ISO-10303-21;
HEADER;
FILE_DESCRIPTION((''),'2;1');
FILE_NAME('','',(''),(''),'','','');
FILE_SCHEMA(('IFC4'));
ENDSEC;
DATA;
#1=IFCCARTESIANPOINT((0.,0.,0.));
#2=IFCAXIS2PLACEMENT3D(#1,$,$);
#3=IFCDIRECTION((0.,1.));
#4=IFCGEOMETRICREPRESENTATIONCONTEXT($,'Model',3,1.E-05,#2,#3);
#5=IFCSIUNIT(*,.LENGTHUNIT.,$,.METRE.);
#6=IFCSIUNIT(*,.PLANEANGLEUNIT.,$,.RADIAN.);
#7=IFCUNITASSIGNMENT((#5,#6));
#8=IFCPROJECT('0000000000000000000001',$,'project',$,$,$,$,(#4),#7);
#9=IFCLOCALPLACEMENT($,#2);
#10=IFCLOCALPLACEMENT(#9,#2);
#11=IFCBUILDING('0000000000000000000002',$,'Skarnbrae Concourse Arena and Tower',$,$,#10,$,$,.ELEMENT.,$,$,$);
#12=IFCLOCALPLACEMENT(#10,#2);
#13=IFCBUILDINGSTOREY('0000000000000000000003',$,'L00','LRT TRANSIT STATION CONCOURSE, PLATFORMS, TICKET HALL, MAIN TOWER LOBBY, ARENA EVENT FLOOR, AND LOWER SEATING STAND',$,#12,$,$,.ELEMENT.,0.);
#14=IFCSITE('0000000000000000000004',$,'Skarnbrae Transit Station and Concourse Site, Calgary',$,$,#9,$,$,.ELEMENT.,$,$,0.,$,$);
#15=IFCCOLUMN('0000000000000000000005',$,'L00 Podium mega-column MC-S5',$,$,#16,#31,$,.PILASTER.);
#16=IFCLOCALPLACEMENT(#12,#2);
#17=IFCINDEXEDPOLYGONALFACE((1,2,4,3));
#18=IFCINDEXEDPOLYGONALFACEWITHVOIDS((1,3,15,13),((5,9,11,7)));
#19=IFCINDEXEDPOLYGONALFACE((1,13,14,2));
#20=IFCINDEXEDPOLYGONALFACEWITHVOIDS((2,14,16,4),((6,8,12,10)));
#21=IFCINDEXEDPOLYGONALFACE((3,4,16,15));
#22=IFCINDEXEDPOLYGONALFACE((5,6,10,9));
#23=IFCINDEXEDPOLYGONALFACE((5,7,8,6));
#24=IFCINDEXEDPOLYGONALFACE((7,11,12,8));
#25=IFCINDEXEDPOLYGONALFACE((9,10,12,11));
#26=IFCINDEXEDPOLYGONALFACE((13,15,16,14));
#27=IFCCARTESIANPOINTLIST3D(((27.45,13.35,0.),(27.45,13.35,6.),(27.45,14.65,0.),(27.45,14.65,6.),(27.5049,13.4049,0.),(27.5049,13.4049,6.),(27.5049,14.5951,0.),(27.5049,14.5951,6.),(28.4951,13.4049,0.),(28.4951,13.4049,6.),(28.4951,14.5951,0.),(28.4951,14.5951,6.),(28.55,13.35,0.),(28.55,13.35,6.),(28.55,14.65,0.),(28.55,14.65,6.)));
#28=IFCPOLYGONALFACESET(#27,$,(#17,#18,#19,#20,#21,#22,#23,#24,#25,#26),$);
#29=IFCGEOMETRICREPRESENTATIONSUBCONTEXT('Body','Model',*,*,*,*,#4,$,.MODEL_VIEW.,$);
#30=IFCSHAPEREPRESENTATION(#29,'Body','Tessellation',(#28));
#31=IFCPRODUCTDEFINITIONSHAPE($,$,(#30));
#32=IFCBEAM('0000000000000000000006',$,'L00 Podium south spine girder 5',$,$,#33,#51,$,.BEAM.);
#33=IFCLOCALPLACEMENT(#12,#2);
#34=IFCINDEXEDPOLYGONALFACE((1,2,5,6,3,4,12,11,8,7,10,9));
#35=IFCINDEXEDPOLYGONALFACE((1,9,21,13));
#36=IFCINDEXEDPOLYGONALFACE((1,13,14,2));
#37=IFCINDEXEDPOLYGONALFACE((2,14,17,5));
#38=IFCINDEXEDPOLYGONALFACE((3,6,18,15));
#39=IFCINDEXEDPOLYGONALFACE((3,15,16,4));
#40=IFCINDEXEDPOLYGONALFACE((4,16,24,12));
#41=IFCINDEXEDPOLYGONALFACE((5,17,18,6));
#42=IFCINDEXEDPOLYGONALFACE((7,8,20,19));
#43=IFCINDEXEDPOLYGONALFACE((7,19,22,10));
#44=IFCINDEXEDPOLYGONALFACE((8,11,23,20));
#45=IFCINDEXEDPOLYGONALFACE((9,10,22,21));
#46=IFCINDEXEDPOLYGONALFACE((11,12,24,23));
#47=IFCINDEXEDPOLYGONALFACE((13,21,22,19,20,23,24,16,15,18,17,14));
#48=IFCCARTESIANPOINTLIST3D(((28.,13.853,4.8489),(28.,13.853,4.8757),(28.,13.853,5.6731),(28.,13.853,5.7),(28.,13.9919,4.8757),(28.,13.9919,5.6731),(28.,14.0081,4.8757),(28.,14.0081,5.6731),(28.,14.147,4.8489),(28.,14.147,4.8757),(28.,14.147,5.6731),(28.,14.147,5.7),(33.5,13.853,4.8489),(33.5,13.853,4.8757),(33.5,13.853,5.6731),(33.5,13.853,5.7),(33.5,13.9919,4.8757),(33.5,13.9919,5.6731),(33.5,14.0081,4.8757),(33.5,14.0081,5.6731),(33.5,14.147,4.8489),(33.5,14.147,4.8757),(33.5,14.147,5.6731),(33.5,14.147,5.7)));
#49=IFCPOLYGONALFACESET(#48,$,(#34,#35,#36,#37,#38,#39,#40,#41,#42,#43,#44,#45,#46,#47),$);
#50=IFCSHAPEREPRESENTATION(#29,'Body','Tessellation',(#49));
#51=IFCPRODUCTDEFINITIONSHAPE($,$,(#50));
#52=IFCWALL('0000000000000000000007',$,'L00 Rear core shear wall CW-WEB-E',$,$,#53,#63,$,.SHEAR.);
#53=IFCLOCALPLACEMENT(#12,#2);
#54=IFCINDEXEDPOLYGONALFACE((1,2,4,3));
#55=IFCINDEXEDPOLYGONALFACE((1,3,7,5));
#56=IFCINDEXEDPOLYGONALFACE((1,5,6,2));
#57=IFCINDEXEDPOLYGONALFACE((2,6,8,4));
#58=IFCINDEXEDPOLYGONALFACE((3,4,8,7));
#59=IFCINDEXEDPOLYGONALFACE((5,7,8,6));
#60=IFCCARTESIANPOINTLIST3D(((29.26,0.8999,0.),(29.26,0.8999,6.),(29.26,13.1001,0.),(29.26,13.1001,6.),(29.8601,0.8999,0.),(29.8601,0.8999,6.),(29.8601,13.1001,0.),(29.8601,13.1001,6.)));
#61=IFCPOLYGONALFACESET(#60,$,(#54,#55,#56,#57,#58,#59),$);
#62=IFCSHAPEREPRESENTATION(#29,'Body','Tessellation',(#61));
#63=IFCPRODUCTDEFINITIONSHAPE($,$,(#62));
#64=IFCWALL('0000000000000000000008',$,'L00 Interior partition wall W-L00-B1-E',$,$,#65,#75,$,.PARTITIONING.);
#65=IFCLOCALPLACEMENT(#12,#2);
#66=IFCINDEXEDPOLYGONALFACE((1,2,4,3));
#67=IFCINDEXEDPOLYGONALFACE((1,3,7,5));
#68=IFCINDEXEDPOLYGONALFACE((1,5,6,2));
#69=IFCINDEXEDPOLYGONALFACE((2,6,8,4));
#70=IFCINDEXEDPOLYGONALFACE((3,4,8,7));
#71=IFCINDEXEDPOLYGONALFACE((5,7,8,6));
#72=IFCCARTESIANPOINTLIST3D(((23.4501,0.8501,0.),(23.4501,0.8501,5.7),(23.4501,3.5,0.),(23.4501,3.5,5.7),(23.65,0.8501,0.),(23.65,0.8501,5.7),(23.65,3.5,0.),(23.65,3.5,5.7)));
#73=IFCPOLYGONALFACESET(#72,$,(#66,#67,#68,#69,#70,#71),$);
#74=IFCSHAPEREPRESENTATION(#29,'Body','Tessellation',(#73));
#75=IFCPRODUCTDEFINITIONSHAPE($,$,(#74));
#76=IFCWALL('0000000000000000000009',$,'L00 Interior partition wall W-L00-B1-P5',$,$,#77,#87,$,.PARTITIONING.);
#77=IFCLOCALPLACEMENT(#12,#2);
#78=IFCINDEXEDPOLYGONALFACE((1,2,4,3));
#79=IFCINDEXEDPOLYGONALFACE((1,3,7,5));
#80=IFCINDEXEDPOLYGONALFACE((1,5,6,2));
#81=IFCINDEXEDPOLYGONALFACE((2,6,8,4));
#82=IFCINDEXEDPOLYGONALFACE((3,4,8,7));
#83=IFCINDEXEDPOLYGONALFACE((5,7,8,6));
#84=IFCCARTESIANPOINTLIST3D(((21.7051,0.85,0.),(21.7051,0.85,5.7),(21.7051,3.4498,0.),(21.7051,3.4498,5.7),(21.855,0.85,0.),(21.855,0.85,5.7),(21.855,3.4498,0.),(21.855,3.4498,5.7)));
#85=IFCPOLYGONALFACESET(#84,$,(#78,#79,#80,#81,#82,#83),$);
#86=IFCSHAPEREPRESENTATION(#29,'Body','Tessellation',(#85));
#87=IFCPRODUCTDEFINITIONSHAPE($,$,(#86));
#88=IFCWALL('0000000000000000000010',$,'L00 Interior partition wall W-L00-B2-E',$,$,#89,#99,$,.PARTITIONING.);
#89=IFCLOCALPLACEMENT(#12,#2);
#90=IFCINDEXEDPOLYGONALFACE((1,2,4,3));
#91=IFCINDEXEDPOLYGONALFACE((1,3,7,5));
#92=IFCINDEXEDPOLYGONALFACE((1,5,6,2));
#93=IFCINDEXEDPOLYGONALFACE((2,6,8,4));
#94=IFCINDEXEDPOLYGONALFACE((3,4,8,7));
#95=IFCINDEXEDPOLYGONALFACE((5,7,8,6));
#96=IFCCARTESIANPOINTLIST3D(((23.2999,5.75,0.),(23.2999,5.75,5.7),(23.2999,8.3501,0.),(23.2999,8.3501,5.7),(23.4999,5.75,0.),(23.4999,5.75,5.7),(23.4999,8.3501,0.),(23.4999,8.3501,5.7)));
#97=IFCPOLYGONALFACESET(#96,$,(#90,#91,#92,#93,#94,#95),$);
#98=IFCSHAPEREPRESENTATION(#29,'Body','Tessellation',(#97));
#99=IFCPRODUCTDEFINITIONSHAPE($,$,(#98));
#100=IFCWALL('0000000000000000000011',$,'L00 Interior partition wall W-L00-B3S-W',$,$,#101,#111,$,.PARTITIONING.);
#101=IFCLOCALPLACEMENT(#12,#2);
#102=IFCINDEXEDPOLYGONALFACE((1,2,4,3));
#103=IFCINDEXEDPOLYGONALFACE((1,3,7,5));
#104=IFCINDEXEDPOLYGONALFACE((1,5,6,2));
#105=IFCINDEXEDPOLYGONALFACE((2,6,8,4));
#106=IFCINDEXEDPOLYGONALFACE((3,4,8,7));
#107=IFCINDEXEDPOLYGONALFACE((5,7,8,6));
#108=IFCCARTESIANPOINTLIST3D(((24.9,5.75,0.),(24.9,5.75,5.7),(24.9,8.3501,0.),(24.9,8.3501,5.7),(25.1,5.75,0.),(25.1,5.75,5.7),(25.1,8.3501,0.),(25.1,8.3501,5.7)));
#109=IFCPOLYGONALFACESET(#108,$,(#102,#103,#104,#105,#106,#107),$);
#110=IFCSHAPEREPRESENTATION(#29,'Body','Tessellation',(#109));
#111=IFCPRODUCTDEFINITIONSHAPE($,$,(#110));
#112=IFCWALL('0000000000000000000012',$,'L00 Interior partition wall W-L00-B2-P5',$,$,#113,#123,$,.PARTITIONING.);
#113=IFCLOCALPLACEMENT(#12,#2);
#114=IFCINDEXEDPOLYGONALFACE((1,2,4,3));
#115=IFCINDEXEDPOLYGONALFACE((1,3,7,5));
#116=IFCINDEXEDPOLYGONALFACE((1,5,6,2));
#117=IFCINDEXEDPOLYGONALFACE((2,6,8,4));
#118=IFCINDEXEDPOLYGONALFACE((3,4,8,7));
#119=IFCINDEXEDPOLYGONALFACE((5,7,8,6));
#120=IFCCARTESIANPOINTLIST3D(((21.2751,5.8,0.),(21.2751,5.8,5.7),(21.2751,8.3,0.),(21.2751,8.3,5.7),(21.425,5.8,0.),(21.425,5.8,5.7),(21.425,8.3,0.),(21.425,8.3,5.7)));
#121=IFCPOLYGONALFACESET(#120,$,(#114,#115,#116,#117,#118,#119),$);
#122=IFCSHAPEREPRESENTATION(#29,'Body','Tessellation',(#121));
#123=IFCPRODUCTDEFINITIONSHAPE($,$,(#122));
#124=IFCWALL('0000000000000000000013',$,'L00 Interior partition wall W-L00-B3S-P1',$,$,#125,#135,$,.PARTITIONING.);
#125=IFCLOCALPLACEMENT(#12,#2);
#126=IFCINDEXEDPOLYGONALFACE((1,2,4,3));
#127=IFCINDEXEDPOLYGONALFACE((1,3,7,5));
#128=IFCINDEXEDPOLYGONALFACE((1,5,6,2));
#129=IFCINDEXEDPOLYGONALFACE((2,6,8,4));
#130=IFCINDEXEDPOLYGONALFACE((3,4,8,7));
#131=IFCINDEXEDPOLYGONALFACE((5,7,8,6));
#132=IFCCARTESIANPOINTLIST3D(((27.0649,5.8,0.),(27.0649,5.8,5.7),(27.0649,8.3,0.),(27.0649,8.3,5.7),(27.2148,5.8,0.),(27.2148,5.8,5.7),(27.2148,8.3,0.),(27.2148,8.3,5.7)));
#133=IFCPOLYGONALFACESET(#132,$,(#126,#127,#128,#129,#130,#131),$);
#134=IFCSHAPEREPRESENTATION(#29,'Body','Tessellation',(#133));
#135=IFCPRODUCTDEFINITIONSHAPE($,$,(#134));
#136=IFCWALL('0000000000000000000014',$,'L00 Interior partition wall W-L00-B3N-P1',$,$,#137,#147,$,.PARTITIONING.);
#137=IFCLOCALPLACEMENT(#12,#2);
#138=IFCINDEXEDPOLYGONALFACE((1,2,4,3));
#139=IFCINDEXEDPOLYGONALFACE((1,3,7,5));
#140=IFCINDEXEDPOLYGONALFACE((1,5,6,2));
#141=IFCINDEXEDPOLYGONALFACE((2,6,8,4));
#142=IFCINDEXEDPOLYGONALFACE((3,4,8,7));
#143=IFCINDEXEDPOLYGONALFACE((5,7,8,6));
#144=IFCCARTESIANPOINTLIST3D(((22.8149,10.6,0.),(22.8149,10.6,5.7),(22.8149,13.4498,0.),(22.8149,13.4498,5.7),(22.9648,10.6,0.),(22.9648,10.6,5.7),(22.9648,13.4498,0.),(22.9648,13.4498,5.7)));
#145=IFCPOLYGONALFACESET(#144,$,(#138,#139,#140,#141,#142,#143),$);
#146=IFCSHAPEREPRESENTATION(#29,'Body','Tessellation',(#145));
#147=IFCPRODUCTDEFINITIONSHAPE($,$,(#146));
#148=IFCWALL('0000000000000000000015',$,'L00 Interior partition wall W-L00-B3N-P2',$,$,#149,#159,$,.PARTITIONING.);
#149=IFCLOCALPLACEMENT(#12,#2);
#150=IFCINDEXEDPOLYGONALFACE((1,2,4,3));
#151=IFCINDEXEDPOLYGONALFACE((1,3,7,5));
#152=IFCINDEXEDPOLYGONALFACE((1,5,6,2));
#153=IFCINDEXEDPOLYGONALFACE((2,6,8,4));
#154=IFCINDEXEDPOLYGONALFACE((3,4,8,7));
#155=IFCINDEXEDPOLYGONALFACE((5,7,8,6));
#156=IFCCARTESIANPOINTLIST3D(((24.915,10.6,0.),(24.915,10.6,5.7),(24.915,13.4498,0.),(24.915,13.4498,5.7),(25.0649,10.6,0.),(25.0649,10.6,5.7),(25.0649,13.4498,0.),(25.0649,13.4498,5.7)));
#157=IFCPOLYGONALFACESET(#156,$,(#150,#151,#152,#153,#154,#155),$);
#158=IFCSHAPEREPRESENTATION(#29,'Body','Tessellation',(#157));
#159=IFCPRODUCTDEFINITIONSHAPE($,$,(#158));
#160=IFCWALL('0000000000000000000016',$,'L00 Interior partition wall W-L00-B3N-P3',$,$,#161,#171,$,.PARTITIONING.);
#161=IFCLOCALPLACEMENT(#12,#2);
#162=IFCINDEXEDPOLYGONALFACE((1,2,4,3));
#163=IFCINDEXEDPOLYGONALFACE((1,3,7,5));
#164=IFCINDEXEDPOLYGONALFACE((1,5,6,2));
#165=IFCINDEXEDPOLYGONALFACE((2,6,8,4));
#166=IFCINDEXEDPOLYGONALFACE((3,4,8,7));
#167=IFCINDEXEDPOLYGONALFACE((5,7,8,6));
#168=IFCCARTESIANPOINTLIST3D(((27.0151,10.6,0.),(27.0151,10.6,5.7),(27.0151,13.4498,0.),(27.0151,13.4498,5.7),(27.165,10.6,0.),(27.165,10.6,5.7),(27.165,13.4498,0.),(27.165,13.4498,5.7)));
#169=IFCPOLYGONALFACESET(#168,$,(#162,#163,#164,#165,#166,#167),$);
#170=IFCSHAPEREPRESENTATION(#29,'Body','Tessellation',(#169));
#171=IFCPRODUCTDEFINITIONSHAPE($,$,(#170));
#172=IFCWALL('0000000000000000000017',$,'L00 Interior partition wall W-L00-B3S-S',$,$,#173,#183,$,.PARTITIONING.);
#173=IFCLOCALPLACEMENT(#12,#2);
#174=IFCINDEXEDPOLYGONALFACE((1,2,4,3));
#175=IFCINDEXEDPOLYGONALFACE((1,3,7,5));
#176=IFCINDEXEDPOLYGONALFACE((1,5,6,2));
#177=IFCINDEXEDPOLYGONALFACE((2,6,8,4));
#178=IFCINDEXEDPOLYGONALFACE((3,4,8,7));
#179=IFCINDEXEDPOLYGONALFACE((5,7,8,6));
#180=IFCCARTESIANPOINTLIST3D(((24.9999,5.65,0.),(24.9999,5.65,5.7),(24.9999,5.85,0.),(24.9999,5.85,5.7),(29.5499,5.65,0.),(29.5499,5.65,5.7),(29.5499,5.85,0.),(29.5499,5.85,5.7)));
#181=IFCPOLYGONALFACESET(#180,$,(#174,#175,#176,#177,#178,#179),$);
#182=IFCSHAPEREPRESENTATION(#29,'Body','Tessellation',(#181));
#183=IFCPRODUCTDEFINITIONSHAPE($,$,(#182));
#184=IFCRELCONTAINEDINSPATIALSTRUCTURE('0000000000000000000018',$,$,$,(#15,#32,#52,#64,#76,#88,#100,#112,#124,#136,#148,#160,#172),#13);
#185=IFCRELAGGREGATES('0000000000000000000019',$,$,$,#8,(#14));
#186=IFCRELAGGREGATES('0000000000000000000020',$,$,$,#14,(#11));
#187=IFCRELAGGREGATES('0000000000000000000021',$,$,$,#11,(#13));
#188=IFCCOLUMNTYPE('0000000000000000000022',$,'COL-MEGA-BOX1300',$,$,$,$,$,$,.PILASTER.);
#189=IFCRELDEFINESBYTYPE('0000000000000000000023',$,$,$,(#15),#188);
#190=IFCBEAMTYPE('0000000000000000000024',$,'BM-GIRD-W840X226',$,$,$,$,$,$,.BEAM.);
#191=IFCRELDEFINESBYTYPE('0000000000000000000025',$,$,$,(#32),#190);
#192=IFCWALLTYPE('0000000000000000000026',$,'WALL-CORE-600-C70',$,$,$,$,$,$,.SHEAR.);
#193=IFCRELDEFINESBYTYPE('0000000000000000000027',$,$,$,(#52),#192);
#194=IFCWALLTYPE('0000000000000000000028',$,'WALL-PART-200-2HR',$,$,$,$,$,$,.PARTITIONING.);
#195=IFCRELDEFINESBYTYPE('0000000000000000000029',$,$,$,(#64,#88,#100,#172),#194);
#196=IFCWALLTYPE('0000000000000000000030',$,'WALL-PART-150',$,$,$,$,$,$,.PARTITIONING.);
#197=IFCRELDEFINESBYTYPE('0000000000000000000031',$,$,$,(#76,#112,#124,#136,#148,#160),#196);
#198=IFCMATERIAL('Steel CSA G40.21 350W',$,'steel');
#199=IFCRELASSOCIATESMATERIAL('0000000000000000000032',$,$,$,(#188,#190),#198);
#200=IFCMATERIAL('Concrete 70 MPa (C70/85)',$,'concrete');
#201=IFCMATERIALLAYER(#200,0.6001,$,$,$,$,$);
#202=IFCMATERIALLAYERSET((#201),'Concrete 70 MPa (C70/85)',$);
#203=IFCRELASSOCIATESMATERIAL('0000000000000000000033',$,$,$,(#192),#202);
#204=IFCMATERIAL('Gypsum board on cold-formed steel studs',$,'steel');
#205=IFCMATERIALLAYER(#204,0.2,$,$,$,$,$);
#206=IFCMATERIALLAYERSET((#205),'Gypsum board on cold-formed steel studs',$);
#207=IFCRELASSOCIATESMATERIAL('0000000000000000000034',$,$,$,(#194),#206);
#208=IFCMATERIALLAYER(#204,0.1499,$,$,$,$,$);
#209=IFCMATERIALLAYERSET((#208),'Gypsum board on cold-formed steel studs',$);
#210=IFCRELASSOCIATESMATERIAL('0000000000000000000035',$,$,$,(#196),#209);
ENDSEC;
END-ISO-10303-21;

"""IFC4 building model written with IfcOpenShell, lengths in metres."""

from ifc_helpers import new_model, si_unit, direction, frame, frame_2d, origin, origin_2d, place, context, subcontext, project, spatial, rectangle, hollow_rectangle, i_section, extrude, source, transform, mapped, material, layer, layer_set, material_profile, profile_set, type_object, element, save


model = new_model("IFC4")

# Units and contexts
model_context = context("Model", 3, precision=1e-05, world=origin(), true_north=direction((0.0, 1.0)))
body_context = subcontext(model_context, "Body", "Model", "MODEL_VIEW")
ifc_project = project(units=[si_unit("LENGTHUNIT", "METRE"), si_unit("PLANEANGLEUNIT", "RADIAN")], contexts=[model_context])

# Site, building, storey
site_placement = place(None, origin())
site = spatial("IfcSite", under=ifc_project, at=site_placement, Name="Skarnbrae Transit Station and Concourse Site, Calgary", CompositionType="ELEMENT", RefElevation=0.0)
building_placement = place(site_placement, origin())
building = spatial("IfcBuilding", under=site, at=building_placement, Name="Skarnbrae Concourse Arena and Tower", CompositionType="ELEMENT")
storey_placement = place(building_placement, origin())
storey = spatial("IfcBuildingStorey", under=building, at=storey_placement, Name="L00", Description="LRT TRANSIT STATION CONCOURSE, PLATFORMS, TICKET HALL, MAIN TOWER LOBBY, ARENA EVENT FLOOR, AND LOWER SEATING STAND", CompositionType="ELEMENT", Elevation=0.0)

# Column
ifc_material_1 = material(Name="Steel CSA G40.21 350W", Category="steel")
ifc_material_profile_1 = material_profile(ifc_material_1, hollow_rectangle(XDim=1.1001, YDim=1.3, WallThickness=0.0549, at=origin_2d()), Name="BOX1300X1100X55")
ifc_profile_set_1 = profile_set([ifc_material_profile_1], Name="Steel CSA G40.21 350W")
column_type = type_object("IfcColumnType", Name="COL-MEGA-BOX1300", PredefinedType="PILASTER", material=ifc_profile_set_1)
shared_shape_1 = source(origin(), body_context, "Body", "SweptSolid", [
    extrude(hollow_rectangle(XDim=1.1001, YDim=1.3, WallThickness=0.0549, at=origin_2d()), origin(), (0.0, 0.0, 1.0), 6.0),
])
column_placement = place(storey_placement, frame((28.0, 14.0, 0.0), z_axis=(0.0, 0.0, 1.0), x_axis=(1.0, 0.0, 0.0)))
element("IfcColumn", 1, at=column_placement, inside=storey, type_object=column_type, Name="L00 Podium mega-column MC-S5", PredefinedType="PILASTER", context=body_context, shape_type="MappedRepresentation", body=[
    mapped(shared_shape_1, transform((0.0, 0.0, 0.0))),
])

# Beam
ifc_material_profile_2 = material_profile(ifc_material_1, i_section(OverallWidth=0.2939, OverallDepth=0.8511, WebThickness=0.0161, FlangeThickness=0.0269, at=origin_2d()), Name="W840X226")
ifc_profile_set_2 = profile_set([ifc_material_profile_2], Name="Steel CSA G40.21 350W")
beam_type = type_object("IfcBeamType", Name="BM-GIRD-W840X226", PredefinedType="BEAM", material=ifc_profile_set_2)
shared_shape_2 = source(origin(), body_context, "Body", "SweptSolid", [
    extrude(i_section(OverallWidth=0.2939, OverallDepth=0.8511, WebThickness=0.0161, FlangeThickness=0.0269, at=origin_2d()), origin(), (0.0, 0.0, 1.0), 5.5),
])
beam_placement = place(storey_placement, frame((28.0, 14.0, 5.2744), z_axis=(1.0, 0.0, 0.0), x_axis=(0.0, 1.0, 0.0)))
element("IfcBeam", 2, at=beam_placement, inside=storey, type_object=beam_type, Name="L00 Podium south spine girder 5", PredefinedType="BEAM", context=body_context, shape_type="MappedRepresentation", body=[
    mapped(shared_shape_2, transform((0.0, 0.0, 0.0))),
])

# Wall
ifc_material_2 = material(Name="Concrete 70 MPa (C70/85)", Category="concrete")
ifc_layer_1 = layer(ifc_material_2, 0.6001)
ifc_layer_set_1 = layer_set([ifc_layer_1], Name="Concrete 70 MPa (C70/85)")
wall_type_1 = type_object("IfcWallType", Name="WALL-CORE-600-C70", PredefinedType="SHEAR", material=ifc_layer_set_1)
shared_shape_3 = source(origin(), body_context, "Body", "SweptSolid", [
    extrude(rectangle(XDim=12.2002, YDim=0.6001, at=frame_2d((6.1001, 0.0))), origin(), (0.0, 0.0, 1.0), 6.0),
])
wall_1_placement = place(storey_placement, frame((29.5601, 0.8999, 0.0), z_axis=(0.0, 0.0, 1.0), x_axis=(0.0, 1.0, 0.0)))
element("IfcWall", 3, at=wall_1_placement, inside=storey, type_object=wall_type_1, Name="L00 Rear core shear wall CW-WEB-E", PredefinedType="SHEAR", context=body_context, shape_type="MappedRepresentation", body=[
    mapped(shared_shape_3, transform((0.0, 0.0, 0.0))),
])

# Walls
ifc_material_3 = material(Name="Gypsum board on cold-formed steel studs", Category="steel")
ifc_layer_2 = layer(ifc_material_3, 0.2)
ifc_layer_set_2 = layer_set([ifc_layer_2], Name="Gypsum board on cold-formed steel studs")
wall_type_2 = type_object("IfcWallType", Name="WALL-PART-200-2HR", PredefinedType="PARTITIONING", material=ifc_layer_set_2)
shared_shape_4 = source(origin(), body_context, "Body", "SweptSolid", [
    extrude(rectangle(XDim=2.6499, YDim=0.2, at=frame_2d((1.325, 0.0))), origin(), (0.0, 0.0, 1.0), 5.7),
])
wall_2_placement = place(storey_placement, frame((23.55, 0.8501, 0.0), z_axis=(0.0, 0.0, 1.0), x_axis=(0.0, 1.0, 0.0)))
element("IfcWall", 4, at=wall_2_placement, inside=storey, type_object=wall_type_2, Name="L00 Interior partition wall W-L00-B1-E", PredefinedType="PARTITIONING", context=body_context, shape_type="MappedRepresentation", body=[
    mapped(shared_shape_4, transform((0.0, 0.0, 0.0))),
])
ifc_layer_3 = layer(ifc_material_3, 0.1499)
ifc_layer_set_3 = layer_set([ifc_layer_3], Name="Gypsum board on cold-formed steel studs")
wall_type_3 = type_object("IfcWallType", Name="WALL-PART-150", PredefinedType="PARTITIONING", material=ifc_layer_set_3)
shared_shape_5 = source(origin(), body_context, "Body", "SweptSolid", [
    extrude(rectangle(XDim=2.5999, YDim=0.1499, at=frame_2d((1.2998, 0.0))), origin(), (0.0, 0.0, 1.0), 5.7),
])
wall_3_placement = place(storey_placement, frame((21.78, 0.8501, 0.0), z_axis=(0.0, 0.0, 1.0), x_axis=(0.0, 1.0, 0.0)))
element("IfcWall", 5, at=wall_3_placement, inside=storey, type_object=wall_type_3, Name="L00 Interior partition wall W-L00-B1-P5", PredefinedType="PARTITIONING", context=body_context, shape_type="MappedRepresentation", body=[
    mapped(shared_shape_5, transform((0.0, 0.0, 0.0))),
])
shared_shape_6 = source(origin(), body_context, "Body", "SweptSolid", [
    extrude(rectangle(XDim=2.6001, YDim=0.2, at=frame_2d((1.3, 0.0))), origin(), (0.0, 0.0, 1.0), 5.7),
])
for number, where, z_axis, x_axis, name in (
    (6, (23.3999, 5.75, 0.0), (0.0, 0.0, 1.0), (0.0, 1.0, 0.0), "L00 Interior partition wall W-L00-B2-E"),
    (7, (25.0, 5.75, 0.0), (0.0, 0.0, 1.0), (0.0, 1.0, 0.0), "L00 Interior partition wall W-L00-B3S-W"),
):
    element("IfcWall", number, at=place(storey_placement, frame(where, z_axis=z_axis, x_axis=x_axis)), inside=storey, type_object=wall_type_2, Name=name, PredefinedType="PARTITIONING", context=body_context, shape_type="MappedRepresentation", body=[
        mapped(shared_shape_6, transform((0.0, 0.0, 0.0))),
    ])
shared_shape_7 = source(origin(), body_context, "Body", "SweptSolid", [
    extrude(rectangle(XDim=2.5, YDim=0.1499, at=frame_2d((1.25, 0.0))), origin(), (0.0, 0.0, 1.0), 5.7),
])
for number, where, z_axis, x_axis, name in (
    (8, (21.3501, 5.8, 0.0), (0.0, 0.0, 1.0), (0.0, 1.0, 0.0), "L00 Interior partition wall W-L00-B2-P5"),
    (9, (27.1399, 5.8, 0.0), (0.0, 0.0, 1.0), (0.0, 1.0, 0.0), "L00 Interior partition wall W-L00-B3S-P1"),
):
    element("IfcWall", number, at=place(storey_placement, frame(where, z_axis=z_axis, x_axis=x_axis)), inside=storey, type_object=wall_type_3, Name=name, PredefinedType="PARTITIONING", context=body_context, shape_type="MappedRepresentation", body=[
        mapped(shared_shape_7, transform((0.0, 0.0, 0.0))),
    ])
shared_shape_8 = source(origin(), body_context, "Body", "SweptSolid", [
    extrude(rectangle(XDim=2.8499, YDim=0.1499, at=frame_2d((1.4248, 0.0))), origin(), (0.0, 0.0, 1.0), 5.7),
])
for number, where, z_axis, x_axis, name in (
    (10, (22.8899, 10.6001, 0.0), (0.0, 0.0, 1.0), (0.0, 1.0, 0.0), "L00 Interior partition wall W-L00-B3N-P1"),
    (11, (24.99, 10.6001, 0.0), (0.0, 0.0, 1.0), (0.0, 1.0, 0.0), "L00 Interior partition wall W-L00-B3N-P2"),
    (12, (27.0901, 10.6001, 0.0), (0.0, 0.0, 1.0), (0.0, 1.0, 0.0), "L00 Interior partition wall W-L00-B3N-P3"),
):
    element("IfcWall", number, at=place(storey_placement, frame(where, z_axis=z_axis, x_axis=x_axis)), inside=storey, type_object=wall_type_3, Name=name, PredefinedType="PARTITIONING", context=body_context, shape_type="MappedRepresentation", body=[
        mapped(shared_shape_8, transform((0.0, 0.0, 0.0))),
    ])

# Shared definitions
shared_shape_9 = source(origin(), body_context, "Body", "SweptSolid", [
    extrude(rectangle(XDim=4.55, YDim=0.2, at=frame_2d((2.2749, 0.0))), origin(), (0.0, 0.0, 1.0), 5.7),
])

# Wall
wall_4_placement = place(storey_placement, frame((25.0, 5.75, 0.0), z_axis=(0.0, 0.0, 1.0), x_axis=(1.0, 0.0, 0.0)))
element("IfcWall", 13, at=wall_4_placement, inside=storey, type_object=wall_type_2, Name="L00 Interior partition wall W-L00-B3S-S", PredefinedType="PARTITIONING", context=body_context, shape_type="MappedRepresentation", body=[
    mapped(shared_shape_9, transform((0.0, 0.0, 0.0))),
])

save(model, "model.ifc")
